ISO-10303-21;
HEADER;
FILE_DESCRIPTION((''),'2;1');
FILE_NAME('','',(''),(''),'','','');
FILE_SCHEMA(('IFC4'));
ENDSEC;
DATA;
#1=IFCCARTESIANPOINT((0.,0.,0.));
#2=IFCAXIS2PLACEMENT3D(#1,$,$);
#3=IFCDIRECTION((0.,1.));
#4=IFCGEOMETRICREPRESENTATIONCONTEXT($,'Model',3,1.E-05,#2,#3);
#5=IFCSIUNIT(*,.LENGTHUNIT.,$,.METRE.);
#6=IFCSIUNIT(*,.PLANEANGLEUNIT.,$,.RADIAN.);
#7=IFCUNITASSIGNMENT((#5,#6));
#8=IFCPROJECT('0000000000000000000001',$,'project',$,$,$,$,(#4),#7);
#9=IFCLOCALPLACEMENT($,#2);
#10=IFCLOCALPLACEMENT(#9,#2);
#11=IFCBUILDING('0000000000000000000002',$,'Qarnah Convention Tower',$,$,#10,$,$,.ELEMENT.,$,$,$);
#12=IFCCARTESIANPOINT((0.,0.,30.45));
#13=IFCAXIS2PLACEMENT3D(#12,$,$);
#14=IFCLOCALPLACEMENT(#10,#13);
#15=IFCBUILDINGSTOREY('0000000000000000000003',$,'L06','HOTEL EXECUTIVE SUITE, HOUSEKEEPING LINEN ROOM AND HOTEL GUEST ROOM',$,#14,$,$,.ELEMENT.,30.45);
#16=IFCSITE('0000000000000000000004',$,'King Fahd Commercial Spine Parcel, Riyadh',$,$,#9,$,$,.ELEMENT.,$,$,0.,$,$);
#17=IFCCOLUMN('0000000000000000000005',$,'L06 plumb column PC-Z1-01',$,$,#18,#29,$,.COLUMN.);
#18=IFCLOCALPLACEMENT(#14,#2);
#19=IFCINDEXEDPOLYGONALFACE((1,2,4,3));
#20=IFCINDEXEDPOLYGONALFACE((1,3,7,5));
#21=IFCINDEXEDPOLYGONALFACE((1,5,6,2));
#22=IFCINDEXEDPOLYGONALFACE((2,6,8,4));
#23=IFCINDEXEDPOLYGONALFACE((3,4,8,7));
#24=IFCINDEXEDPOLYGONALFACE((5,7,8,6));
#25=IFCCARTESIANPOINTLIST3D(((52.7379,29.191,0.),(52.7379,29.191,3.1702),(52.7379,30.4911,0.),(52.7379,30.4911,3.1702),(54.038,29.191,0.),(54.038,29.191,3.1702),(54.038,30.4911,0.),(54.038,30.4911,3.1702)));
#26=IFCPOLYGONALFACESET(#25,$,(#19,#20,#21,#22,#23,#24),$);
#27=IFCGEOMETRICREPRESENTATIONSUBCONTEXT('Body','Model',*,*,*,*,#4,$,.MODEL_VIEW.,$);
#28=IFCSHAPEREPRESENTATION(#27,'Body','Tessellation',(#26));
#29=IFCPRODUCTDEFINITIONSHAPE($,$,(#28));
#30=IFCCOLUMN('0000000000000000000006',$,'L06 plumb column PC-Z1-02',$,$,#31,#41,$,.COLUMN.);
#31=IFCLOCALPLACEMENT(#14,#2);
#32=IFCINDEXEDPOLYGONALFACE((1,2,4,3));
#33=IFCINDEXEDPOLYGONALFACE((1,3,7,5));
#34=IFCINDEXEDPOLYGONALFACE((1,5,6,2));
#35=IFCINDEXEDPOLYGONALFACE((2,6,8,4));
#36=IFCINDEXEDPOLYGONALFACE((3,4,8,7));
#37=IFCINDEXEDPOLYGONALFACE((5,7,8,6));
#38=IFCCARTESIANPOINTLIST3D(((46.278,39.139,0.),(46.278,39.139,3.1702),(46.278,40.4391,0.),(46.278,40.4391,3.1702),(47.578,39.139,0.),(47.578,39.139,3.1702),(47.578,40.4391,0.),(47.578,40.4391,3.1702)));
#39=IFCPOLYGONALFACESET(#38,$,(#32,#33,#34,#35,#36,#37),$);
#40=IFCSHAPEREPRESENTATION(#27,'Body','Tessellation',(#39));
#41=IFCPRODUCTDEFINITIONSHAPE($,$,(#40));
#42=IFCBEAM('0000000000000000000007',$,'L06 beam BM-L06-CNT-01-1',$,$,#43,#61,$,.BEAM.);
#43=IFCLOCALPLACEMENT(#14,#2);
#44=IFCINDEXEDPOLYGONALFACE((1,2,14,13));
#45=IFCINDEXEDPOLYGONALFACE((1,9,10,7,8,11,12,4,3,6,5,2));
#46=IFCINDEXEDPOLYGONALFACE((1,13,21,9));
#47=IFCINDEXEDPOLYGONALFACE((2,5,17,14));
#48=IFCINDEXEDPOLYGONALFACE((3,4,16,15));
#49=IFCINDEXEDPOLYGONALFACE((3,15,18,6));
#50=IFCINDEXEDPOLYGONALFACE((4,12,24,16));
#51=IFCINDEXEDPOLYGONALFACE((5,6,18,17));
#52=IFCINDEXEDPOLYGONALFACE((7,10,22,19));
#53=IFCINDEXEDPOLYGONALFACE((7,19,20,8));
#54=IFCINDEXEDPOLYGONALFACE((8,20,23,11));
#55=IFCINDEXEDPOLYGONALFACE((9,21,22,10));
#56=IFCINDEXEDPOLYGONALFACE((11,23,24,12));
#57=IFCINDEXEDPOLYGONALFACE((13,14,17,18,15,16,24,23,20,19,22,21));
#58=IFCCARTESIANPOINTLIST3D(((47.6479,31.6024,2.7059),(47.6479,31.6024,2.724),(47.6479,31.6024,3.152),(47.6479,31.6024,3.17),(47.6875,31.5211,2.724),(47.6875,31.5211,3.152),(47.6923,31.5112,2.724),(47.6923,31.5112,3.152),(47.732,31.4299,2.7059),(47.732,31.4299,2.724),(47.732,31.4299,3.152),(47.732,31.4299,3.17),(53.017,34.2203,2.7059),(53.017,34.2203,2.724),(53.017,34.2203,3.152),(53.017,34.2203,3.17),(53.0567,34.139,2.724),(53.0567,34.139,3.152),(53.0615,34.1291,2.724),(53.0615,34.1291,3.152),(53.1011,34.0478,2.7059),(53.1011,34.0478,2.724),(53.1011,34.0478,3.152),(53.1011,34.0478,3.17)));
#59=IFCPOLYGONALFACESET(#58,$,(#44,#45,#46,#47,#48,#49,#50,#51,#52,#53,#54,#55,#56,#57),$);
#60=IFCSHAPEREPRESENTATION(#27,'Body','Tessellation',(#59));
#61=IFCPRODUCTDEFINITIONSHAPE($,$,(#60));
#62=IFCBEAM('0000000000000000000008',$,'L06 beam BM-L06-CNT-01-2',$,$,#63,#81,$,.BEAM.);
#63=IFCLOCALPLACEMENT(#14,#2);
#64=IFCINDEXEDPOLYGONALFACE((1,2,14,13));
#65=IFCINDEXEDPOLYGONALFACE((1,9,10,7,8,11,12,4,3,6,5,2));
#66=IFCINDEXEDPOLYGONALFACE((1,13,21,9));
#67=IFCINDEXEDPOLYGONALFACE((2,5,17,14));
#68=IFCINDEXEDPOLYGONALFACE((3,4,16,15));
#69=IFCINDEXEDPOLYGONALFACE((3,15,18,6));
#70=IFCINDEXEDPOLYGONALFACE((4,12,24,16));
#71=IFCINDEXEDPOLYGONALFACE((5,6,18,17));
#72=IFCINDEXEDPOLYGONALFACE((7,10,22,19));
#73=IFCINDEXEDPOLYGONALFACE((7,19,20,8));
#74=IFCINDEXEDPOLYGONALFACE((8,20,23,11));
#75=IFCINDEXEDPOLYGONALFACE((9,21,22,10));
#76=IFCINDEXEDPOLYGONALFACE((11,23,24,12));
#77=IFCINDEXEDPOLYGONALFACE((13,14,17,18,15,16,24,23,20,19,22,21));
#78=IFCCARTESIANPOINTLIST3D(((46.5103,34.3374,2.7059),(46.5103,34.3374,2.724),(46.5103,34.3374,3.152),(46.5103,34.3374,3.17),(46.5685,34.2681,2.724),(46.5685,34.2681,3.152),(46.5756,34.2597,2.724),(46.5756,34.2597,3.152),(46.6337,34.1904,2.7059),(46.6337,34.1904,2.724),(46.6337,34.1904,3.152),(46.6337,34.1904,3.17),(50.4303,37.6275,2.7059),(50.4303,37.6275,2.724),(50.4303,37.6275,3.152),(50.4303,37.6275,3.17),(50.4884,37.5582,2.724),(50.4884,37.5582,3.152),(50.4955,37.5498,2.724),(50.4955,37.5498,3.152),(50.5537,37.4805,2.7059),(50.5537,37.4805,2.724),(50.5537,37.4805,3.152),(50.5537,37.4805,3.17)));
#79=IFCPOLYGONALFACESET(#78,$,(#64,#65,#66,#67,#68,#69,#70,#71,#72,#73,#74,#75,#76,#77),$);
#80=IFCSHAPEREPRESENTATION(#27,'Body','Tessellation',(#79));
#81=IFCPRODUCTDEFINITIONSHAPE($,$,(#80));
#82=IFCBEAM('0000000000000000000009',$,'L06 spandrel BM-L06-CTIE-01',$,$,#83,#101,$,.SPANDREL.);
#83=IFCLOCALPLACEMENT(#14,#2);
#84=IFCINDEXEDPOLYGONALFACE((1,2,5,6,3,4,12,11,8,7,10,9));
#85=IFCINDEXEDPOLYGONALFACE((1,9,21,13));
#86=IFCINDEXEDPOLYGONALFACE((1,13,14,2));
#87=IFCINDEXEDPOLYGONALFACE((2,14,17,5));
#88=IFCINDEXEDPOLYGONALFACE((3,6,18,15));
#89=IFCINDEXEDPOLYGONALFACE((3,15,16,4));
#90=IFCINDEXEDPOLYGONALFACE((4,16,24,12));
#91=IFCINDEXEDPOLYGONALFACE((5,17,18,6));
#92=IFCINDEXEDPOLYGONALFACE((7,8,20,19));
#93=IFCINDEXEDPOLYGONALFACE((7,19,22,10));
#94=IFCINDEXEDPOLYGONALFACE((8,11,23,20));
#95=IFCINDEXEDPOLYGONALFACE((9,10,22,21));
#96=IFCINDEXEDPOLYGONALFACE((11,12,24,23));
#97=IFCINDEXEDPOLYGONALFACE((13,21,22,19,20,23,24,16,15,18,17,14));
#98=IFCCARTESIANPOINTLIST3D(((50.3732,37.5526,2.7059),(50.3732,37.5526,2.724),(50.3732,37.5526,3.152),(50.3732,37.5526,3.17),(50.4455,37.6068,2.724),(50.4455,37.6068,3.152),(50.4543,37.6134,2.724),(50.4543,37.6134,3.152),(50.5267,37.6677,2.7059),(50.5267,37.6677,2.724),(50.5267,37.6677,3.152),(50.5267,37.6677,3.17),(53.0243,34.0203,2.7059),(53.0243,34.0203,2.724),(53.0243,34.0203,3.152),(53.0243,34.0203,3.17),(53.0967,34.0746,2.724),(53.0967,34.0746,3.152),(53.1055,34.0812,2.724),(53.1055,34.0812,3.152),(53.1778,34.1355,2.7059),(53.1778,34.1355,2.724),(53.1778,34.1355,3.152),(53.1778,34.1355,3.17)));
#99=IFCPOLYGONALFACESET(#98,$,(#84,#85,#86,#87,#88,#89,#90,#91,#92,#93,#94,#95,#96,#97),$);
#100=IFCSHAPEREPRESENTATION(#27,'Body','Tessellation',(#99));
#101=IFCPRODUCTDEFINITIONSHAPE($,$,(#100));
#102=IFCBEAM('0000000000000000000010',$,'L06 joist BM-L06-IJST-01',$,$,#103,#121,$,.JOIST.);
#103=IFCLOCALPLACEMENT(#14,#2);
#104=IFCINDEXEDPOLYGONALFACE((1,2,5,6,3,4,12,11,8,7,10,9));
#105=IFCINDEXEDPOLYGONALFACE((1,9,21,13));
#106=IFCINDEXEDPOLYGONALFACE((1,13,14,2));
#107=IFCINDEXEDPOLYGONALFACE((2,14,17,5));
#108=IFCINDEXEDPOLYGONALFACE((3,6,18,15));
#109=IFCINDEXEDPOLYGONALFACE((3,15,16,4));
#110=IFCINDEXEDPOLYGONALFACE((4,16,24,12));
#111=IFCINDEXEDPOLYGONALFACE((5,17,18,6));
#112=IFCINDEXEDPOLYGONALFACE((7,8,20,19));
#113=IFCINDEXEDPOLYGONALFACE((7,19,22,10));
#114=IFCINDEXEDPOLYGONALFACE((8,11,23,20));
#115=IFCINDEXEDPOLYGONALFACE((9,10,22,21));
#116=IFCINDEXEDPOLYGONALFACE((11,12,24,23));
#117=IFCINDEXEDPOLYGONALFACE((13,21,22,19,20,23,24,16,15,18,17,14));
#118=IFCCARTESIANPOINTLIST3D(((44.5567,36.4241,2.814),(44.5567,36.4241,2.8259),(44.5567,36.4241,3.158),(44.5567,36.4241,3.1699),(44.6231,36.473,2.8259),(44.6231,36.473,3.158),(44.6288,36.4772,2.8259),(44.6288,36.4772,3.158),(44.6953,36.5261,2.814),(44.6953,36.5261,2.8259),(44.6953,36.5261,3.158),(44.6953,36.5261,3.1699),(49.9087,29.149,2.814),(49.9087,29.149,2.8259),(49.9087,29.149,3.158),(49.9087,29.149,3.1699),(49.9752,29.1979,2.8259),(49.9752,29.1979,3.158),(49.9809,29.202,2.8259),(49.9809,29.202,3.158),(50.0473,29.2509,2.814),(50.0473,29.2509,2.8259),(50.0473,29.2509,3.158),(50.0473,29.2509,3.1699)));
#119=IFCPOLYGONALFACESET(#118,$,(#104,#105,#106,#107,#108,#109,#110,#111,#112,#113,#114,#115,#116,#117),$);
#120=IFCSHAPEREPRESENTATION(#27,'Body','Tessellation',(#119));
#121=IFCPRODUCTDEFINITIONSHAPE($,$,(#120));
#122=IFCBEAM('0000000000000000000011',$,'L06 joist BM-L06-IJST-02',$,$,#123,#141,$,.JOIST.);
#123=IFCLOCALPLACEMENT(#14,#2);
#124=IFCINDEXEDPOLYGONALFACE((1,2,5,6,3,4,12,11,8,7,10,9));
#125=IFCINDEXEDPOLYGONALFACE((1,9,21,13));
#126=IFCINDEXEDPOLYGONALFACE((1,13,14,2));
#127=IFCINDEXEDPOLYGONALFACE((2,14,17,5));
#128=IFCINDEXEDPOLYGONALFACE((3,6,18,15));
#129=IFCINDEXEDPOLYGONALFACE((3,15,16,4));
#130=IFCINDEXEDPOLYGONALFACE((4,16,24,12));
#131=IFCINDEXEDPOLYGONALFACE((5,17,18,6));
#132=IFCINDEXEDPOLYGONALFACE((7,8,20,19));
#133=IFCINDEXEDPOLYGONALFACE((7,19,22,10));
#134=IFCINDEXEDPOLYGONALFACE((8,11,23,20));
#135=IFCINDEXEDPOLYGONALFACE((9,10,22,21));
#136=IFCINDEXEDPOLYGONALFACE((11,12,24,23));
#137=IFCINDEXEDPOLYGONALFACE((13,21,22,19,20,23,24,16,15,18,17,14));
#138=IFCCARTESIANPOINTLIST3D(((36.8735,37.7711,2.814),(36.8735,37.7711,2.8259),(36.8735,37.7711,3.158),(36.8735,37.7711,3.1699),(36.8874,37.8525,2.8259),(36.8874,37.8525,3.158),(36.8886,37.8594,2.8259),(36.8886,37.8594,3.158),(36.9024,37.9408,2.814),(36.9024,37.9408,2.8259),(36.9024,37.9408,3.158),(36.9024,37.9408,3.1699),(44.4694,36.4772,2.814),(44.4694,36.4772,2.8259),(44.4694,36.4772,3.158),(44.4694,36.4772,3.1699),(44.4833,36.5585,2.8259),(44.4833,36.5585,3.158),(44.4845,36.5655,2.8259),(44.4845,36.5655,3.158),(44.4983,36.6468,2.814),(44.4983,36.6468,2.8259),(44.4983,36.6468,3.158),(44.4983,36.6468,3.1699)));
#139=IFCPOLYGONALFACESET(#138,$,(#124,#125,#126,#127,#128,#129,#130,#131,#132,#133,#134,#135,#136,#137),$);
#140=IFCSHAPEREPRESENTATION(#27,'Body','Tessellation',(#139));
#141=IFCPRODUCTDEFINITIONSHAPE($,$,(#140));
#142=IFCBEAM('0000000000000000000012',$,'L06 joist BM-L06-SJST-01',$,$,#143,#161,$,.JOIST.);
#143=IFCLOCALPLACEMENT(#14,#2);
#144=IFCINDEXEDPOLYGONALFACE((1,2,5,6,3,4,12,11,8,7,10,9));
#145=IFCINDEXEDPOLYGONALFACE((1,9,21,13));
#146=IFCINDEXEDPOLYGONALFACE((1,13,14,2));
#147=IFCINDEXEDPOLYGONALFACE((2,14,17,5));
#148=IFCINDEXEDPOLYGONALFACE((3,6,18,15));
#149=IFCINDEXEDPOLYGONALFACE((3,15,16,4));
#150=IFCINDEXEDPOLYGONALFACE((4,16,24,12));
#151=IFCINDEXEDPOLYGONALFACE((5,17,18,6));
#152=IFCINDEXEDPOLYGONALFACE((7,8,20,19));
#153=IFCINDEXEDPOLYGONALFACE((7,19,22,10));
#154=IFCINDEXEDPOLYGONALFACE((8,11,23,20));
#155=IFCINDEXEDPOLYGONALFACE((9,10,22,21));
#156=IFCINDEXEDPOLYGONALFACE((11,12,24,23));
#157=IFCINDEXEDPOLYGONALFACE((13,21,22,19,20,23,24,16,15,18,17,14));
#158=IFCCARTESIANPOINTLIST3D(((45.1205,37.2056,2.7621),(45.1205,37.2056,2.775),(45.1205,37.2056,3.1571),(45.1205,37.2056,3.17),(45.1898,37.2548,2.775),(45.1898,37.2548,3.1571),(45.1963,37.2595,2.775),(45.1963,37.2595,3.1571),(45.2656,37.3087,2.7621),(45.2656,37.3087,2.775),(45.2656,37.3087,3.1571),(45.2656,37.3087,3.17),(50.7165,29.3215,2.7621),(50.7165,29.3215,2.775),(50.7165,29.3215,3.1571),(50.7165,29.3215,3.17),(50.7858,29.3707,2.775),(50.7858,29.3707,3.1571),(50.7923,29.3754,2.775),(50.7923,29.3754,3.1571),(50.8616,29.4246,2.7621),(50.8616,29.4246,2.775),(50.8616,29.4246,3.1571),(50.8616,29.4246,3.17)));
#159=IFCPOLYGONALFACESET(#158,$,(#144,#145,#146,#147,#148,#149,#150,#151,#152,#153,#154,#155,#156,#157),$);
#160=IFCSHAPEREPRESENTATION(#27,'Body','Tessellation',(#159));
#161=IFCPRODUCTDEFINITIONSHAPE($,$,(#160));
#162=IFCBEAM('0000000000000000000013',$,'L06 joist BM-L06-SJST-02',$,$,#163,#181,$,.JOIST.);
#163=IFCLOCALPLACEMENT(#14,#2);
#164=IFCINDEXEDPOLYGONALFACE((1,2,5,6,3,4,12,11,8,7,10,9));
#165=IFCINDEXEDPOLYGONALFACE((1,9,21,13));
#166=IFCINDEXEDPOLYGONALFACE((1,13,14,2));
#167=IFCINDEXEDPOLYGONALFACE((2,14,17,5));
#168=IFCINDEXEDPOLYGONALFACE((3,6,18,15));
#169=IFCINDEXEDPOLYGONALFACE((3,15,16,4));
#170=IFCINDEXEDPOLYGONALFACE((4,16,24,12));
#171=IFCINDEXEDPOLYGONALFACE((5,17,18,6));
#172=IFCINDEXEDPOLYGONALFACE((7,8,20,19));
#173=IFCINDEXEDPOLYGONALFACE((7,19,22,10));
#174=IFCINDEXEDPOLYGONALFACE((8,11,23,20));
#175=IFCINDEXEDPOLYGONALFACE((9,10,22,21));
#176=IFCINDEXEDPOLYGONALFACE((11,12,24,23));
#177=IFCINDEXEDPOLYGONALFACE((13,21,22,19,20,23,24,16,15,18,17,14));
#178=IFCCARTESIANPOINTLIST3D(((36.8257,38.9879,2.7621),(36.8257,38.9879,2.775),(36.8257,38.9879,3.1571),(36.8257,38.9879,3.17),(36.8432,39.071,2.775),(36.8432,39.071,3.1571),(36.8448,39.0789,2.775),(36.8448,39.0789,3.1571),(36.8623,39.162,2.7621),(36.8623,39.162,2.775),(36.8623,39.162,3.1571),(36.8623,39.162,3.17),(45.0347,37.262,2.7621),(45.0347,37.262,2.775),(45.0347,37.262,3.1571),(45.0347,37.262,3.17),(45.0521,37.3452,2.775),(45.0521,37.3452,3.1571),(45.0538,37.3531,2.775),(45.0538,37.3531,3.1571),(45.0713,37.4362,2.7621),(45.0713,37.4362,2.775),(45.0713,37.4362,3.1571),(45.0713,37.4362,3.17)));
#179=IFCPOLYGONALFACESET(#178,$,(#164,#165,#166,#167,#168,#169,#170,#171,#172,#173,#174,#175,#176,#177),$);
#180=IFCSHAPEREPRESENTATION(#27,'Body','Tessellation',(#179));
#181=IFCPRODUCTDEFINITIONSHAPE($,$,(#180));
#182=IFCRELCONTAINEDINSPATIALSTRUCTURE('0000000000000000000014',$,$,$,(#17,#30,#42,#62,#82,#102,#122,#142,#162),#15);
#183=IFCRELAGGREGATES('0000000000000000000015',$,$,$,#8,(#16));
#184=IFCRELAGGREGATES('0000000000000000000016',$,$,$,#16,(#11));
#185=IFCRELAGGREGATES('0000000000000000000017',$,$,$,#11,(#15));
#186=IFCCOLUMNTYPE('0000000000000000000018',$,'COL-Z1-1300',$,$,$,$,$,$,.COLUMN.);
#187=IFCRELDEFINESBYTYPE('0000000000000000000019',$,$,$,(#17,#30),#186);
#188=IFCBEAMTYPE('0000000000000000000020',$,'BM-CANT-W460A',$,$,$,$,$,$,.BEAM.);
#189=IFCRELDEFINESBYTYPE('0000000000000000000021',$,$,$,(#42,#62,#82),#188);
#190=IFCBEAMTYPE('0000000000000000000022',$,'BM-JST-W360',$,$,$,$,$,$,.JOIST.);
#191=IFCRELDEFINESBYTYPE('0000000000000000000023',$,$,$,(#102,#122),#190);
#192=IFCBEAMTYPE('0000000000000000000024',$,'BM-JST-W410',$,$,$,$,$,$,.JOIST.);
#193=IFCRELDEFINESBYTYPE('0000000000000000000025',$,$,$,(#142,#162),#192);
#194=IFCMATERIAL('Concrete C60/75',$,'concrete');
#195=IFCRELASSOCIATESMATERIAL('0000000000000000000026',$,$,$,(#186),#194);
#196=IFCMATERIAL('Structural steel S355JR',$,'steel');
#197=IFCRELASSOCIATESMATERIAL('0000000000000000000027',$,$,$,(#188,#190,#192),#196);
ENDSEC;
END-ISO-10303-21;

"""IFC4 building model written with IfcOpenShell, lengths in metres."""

from ifc_helpers import new_model, si_unit, direction, frame, origin, origin_2d, place, context, subcontext, project, spatial, rectangle, i_section, extrude, material, material_profile, profile_set, type_object, element, save


model = new_model("IFC4")

# Units and contexts
model_context = context("Model", 3, precision=1e-05, world=origin(), true_north=direction((0.0, 1.0)))
body_context = subcontext(model_context, "Body", "Model", "MODEL_VIEW")
ifc_project = project(units=[si_unit("LENGTHUNIT", "METRE"), si_unit("PLANEANGLEUNIT", "RADIAN")], contexts=[model_context])

# Site, building, storey
site_placement = place(None, origin())
site = spatial("IfcSite", under=ifc_project, at=site_placement, Name="King Fahd Commercial Spine Parcel, Riyadh", CompositionType="ELEMENT", RefElevation=0.0)
building_placement = place(site_placement, origin())
building = spatial("IfcBuilding", under=site, at=building_placement, Name="Qarnah Convention Tower", CompositionType="ELEMENT")
storey_placement = place(building_placement, frame((0.0, 0.0, 30.45)))
storey = spatial("IfcBuildingStorey", under=building, at=storey_placement, Name="L06", Description="HOTEL EXECUTIVE SUITE, HOUSEKEEPING LINEN ROOM AND HOTEL GUEST ROOM", CompositionType="ELEMENT", Elevation=30.45)

# Columns
ifc_material_1 = material(Name="Concrete C60/75", Category="concrete")
ifc_material_profile_1 = material_profile(ifc_material_1, rectangle(XDim=1.3, YDim=1.3, at=origin_2d()), Name="RC-COL-1300X1300")
ifc_profile_set_1 = profile_set([ifc_material_profile_1], Name="Concrete C60/75")
column_type = type_object("IfcColumnType", Name="COL-Z1-1300", PredefinedType="COLUMN", material=ifc_profile_set_1)
for number, where, z_axis, x_axis, name in (
    (1, (53.3879, 29.8411, 0.0), (0.0, 0.0, 1.0), (1.0, 0.0, 0.0), "L06 plumb column PC-Z1-01"),
    (2, (46.928, 39.7891, 0.0), (0.0, 0.0, 1.0), (1.0, 0.0, 0.0), "L06 plumb column PC-Z1-02"),
):
    element("IfcColumn", number, at=place(storey_placement, frame(where, z_axis=z_axis, x_axis=x_axis)), inside=storey, type_object=column_type, Name=name, PredefinedType="COLUMN", context=body_context, shape_type="SweptSolid", body=[
        extrude(rectangle(XDim=1.3, YDim=1.3, at=origin_2d()), origin(), (0.0, 0.0, 1.0), 3.1702),
    ])

# Beams
ifc_material_2 = material(Name="Structural steel S355JR", Category="steel")
ifc_material_profile_2 = material_profile(ifc_material_2, i_section(OverallWidth=0.1919, OverallDepth=0.4641, WebThickness=0.011, FlangeThickness=0.0181, at=origin_2d()), Name="W460X89")
ifc_profile_set_2 = profile_set([ifc_material_profile_2], Name="Structural steel S355JR")
beam_type_1 = type_object("IfcBeamType", Name="BM-CANT-W460A", PredefinedType="BEAM", material=ifc_profile_set_2)
beam_1_placement = place(storey_placement, frame((47.6899, 31.5161, 2.938), z_axis=(0.898846, 0.438265, 0.0), x_axis=(-0.438265, 0.898846, 0.0)))
element("IfcBeam", 3, at=beam_1_placement, inside=storey, type_object=beam_type_1, Name="L06 beam BM-L06-CNT-01-1", PredefinedType="BEAM", context=body_context, shape_type="SweptSolid", body=[
    extrude(i_section(OverallWidth=0.1919, OverallDepth=0.4641, WebThickness=0.011, FlangeThickness=0.0181, at=origin_2d()), origin(), (0.0, 0.0, 1.0), 5.9734),
])
beam_2_placement = place(storey_placement, frame((46.572, 34.2639, 2.938), z_axis=(0.765964, 0.642883, 0.0), x_axis=(-0.642883, 0.765964, 0.0)))
element("IfcBeam", 4, at=beam_2_placement, inside=storey, type_object=beam_type_1, Name="L06 beam BM-L06-CNT-01-2", PredefinedType="BEAM", context=body_context, shape_type="SweptSolid", body=[
    extrude(i_section(OverallWidth=0.1919, OverallDepth=0.4641, WebThickness=0.011, FlangeThickness=0.0181, at=origin_2d()), origin(), (0.0, 0.0, 1.0), 5.1177),
])
beam_3_placement = place(storey_placement, frame((53.1011, 34.0779, 2.938), z_axis=(-0.600283, 0.799788, 0.0), x_axis=(-0.799788, -0.600283, 0.0)))
element("IfcBeam", 5, at=beam_3_placement, inside=storey, type_object=beam_type_1, Name="L06 spandrel BM-L06-CTIE-01", PredefinedType="SPANDREL", context=body_context, shape_type="SweptSolid", body=[
    extrude(i_section(OverallWidth=0.1919, OverallDepth=0.4641, WebThickness=0.011, FlangeThickness=0.0181, at=origin_2d()), origin(), (0.0, 0.0, 1.0), 4.4165),
])
ifc_material_profile_3 = material_profile(ifc_material_2, i_section(OverallWidth=0.1721, OverallDepth=0.356, WebThickness=0.0071, FlangeThickness=0.012, at=origin_2d()), Name="W360X51")
ifc_profile_set_3 = profile_set([ifc_material_profile_3], Name="Structural steel S355JR")
beam_type_2 = type_object("IfcBeamType", Name="BM-JST-W360", PredefinedType="JOIST", material=ifc_profile_set_3)
beam_4_placement = place(storey_placement, frame((49.978, 29.2, 2.9919), z_axis=(-0.592583, 0.805509, 0.0), x_axis=(-0.805509, -0.592583, 0.0)))
element("IfcBeam", 6, at=beam_4_placement, inside=storey, type_object=beam_type_2, Name="L06 joist BM-L06-IJST-01", PredefinedType="JOIST", context=body_context, shape_type="SweptSolid", body=[
    extrude(i_section(OverallWidth=0.1721, OverallDepth=0.356, WebThickness=0.0071, FlangeThickness=0.012, at=origin_2d()), origin(), (0.0, 0.0, 1.0), 9.0317),
])
beam_5_placement = place(storey_placement, frame((44.4839, 36.562, 2.9919), z_axis=(-0.985799, 0.167928, 0.0), x_axis=(-0.167928, -0.985799, 0.0)))
element("IfcBeam", 7, at=beam_5_placement, inside=storey, type_object=beam_type_2, Name="L06 joist BM-L06-IJST-02", PredefinedType="JOIST", context=body_context, shape_type="SweptSolid", body=[
    extrude(i_section(OverallWidth=0.1721, OverallDepth=0.356, WebThickness=0.0071, FlangeThickness=0.012, at=origin_2d()), origin(), (0.0, 0.0, 1.0), 7.7053),
])
ifc_material_profile_4 = material_profile(ifc_material_2, i_section(OverallWidth=0.178, OverallDepth=0.408, WebThickness=0.0081, FlangeThickness=0.0129, at=origin_2d()), Name="W410X60")
ifc_profile_set_4 = profile_set([ifc_material_profile_4], Name="Structural steel S355JR")
beam_type_3 = type_object("IfcBeamType", Name="BM-JST-W410", PredefinedType="JOIST", material=ifc_profile_set_4)
beam_6_placement = place(storey_placement, frame((50.7891, 29.373, 2.9661), z_axis=(-0.578804, 0.815467, 0.0), x_axis=(-0.815467, -0.578804, 0.0)))
element("IfcBeam", 8, at=beam_6_placement, inside=storey, type_object=beam_type_3, Name="L06 joist BM-L06-SJST-01", PredefinedType="JOIST", context=body_context, shape_type="SweptSolid", body=[
    extrude(i_section(OverallWidth=0.178, OverallDepth=0.408, WebThickness=0.0081, FlangeThickness=0.0129, at=origin_2d()), origin(), (0.0, 0.0, 1.0), 9.6682),
])
beam_7_placement = place(storey_placement, frame((45.053, 37.3491, 2.9661), z_axis=(-0.978607, 0.205739, 0.0), x_axis=(-0.205739, -0.978607, 0.0)))
element("IfcBeam", 9, at=beam_7_placement, inside=storey, type_object=beam_type_3, Name="L06 joist BM-L06-SJST-02", PredefinedType="JOIST", context=body_context, shape_type="SweptSolid", body=[
    extrude(i_section(OverallWidth=0.178, OverallDepth=0.408, WebThickness=0.0081, FlangeThickness=0.0129, at=origin_2d()), origin(), (0.0, 0.0, 1.0), 8.3884),
])

save(model, "model.ifc")
